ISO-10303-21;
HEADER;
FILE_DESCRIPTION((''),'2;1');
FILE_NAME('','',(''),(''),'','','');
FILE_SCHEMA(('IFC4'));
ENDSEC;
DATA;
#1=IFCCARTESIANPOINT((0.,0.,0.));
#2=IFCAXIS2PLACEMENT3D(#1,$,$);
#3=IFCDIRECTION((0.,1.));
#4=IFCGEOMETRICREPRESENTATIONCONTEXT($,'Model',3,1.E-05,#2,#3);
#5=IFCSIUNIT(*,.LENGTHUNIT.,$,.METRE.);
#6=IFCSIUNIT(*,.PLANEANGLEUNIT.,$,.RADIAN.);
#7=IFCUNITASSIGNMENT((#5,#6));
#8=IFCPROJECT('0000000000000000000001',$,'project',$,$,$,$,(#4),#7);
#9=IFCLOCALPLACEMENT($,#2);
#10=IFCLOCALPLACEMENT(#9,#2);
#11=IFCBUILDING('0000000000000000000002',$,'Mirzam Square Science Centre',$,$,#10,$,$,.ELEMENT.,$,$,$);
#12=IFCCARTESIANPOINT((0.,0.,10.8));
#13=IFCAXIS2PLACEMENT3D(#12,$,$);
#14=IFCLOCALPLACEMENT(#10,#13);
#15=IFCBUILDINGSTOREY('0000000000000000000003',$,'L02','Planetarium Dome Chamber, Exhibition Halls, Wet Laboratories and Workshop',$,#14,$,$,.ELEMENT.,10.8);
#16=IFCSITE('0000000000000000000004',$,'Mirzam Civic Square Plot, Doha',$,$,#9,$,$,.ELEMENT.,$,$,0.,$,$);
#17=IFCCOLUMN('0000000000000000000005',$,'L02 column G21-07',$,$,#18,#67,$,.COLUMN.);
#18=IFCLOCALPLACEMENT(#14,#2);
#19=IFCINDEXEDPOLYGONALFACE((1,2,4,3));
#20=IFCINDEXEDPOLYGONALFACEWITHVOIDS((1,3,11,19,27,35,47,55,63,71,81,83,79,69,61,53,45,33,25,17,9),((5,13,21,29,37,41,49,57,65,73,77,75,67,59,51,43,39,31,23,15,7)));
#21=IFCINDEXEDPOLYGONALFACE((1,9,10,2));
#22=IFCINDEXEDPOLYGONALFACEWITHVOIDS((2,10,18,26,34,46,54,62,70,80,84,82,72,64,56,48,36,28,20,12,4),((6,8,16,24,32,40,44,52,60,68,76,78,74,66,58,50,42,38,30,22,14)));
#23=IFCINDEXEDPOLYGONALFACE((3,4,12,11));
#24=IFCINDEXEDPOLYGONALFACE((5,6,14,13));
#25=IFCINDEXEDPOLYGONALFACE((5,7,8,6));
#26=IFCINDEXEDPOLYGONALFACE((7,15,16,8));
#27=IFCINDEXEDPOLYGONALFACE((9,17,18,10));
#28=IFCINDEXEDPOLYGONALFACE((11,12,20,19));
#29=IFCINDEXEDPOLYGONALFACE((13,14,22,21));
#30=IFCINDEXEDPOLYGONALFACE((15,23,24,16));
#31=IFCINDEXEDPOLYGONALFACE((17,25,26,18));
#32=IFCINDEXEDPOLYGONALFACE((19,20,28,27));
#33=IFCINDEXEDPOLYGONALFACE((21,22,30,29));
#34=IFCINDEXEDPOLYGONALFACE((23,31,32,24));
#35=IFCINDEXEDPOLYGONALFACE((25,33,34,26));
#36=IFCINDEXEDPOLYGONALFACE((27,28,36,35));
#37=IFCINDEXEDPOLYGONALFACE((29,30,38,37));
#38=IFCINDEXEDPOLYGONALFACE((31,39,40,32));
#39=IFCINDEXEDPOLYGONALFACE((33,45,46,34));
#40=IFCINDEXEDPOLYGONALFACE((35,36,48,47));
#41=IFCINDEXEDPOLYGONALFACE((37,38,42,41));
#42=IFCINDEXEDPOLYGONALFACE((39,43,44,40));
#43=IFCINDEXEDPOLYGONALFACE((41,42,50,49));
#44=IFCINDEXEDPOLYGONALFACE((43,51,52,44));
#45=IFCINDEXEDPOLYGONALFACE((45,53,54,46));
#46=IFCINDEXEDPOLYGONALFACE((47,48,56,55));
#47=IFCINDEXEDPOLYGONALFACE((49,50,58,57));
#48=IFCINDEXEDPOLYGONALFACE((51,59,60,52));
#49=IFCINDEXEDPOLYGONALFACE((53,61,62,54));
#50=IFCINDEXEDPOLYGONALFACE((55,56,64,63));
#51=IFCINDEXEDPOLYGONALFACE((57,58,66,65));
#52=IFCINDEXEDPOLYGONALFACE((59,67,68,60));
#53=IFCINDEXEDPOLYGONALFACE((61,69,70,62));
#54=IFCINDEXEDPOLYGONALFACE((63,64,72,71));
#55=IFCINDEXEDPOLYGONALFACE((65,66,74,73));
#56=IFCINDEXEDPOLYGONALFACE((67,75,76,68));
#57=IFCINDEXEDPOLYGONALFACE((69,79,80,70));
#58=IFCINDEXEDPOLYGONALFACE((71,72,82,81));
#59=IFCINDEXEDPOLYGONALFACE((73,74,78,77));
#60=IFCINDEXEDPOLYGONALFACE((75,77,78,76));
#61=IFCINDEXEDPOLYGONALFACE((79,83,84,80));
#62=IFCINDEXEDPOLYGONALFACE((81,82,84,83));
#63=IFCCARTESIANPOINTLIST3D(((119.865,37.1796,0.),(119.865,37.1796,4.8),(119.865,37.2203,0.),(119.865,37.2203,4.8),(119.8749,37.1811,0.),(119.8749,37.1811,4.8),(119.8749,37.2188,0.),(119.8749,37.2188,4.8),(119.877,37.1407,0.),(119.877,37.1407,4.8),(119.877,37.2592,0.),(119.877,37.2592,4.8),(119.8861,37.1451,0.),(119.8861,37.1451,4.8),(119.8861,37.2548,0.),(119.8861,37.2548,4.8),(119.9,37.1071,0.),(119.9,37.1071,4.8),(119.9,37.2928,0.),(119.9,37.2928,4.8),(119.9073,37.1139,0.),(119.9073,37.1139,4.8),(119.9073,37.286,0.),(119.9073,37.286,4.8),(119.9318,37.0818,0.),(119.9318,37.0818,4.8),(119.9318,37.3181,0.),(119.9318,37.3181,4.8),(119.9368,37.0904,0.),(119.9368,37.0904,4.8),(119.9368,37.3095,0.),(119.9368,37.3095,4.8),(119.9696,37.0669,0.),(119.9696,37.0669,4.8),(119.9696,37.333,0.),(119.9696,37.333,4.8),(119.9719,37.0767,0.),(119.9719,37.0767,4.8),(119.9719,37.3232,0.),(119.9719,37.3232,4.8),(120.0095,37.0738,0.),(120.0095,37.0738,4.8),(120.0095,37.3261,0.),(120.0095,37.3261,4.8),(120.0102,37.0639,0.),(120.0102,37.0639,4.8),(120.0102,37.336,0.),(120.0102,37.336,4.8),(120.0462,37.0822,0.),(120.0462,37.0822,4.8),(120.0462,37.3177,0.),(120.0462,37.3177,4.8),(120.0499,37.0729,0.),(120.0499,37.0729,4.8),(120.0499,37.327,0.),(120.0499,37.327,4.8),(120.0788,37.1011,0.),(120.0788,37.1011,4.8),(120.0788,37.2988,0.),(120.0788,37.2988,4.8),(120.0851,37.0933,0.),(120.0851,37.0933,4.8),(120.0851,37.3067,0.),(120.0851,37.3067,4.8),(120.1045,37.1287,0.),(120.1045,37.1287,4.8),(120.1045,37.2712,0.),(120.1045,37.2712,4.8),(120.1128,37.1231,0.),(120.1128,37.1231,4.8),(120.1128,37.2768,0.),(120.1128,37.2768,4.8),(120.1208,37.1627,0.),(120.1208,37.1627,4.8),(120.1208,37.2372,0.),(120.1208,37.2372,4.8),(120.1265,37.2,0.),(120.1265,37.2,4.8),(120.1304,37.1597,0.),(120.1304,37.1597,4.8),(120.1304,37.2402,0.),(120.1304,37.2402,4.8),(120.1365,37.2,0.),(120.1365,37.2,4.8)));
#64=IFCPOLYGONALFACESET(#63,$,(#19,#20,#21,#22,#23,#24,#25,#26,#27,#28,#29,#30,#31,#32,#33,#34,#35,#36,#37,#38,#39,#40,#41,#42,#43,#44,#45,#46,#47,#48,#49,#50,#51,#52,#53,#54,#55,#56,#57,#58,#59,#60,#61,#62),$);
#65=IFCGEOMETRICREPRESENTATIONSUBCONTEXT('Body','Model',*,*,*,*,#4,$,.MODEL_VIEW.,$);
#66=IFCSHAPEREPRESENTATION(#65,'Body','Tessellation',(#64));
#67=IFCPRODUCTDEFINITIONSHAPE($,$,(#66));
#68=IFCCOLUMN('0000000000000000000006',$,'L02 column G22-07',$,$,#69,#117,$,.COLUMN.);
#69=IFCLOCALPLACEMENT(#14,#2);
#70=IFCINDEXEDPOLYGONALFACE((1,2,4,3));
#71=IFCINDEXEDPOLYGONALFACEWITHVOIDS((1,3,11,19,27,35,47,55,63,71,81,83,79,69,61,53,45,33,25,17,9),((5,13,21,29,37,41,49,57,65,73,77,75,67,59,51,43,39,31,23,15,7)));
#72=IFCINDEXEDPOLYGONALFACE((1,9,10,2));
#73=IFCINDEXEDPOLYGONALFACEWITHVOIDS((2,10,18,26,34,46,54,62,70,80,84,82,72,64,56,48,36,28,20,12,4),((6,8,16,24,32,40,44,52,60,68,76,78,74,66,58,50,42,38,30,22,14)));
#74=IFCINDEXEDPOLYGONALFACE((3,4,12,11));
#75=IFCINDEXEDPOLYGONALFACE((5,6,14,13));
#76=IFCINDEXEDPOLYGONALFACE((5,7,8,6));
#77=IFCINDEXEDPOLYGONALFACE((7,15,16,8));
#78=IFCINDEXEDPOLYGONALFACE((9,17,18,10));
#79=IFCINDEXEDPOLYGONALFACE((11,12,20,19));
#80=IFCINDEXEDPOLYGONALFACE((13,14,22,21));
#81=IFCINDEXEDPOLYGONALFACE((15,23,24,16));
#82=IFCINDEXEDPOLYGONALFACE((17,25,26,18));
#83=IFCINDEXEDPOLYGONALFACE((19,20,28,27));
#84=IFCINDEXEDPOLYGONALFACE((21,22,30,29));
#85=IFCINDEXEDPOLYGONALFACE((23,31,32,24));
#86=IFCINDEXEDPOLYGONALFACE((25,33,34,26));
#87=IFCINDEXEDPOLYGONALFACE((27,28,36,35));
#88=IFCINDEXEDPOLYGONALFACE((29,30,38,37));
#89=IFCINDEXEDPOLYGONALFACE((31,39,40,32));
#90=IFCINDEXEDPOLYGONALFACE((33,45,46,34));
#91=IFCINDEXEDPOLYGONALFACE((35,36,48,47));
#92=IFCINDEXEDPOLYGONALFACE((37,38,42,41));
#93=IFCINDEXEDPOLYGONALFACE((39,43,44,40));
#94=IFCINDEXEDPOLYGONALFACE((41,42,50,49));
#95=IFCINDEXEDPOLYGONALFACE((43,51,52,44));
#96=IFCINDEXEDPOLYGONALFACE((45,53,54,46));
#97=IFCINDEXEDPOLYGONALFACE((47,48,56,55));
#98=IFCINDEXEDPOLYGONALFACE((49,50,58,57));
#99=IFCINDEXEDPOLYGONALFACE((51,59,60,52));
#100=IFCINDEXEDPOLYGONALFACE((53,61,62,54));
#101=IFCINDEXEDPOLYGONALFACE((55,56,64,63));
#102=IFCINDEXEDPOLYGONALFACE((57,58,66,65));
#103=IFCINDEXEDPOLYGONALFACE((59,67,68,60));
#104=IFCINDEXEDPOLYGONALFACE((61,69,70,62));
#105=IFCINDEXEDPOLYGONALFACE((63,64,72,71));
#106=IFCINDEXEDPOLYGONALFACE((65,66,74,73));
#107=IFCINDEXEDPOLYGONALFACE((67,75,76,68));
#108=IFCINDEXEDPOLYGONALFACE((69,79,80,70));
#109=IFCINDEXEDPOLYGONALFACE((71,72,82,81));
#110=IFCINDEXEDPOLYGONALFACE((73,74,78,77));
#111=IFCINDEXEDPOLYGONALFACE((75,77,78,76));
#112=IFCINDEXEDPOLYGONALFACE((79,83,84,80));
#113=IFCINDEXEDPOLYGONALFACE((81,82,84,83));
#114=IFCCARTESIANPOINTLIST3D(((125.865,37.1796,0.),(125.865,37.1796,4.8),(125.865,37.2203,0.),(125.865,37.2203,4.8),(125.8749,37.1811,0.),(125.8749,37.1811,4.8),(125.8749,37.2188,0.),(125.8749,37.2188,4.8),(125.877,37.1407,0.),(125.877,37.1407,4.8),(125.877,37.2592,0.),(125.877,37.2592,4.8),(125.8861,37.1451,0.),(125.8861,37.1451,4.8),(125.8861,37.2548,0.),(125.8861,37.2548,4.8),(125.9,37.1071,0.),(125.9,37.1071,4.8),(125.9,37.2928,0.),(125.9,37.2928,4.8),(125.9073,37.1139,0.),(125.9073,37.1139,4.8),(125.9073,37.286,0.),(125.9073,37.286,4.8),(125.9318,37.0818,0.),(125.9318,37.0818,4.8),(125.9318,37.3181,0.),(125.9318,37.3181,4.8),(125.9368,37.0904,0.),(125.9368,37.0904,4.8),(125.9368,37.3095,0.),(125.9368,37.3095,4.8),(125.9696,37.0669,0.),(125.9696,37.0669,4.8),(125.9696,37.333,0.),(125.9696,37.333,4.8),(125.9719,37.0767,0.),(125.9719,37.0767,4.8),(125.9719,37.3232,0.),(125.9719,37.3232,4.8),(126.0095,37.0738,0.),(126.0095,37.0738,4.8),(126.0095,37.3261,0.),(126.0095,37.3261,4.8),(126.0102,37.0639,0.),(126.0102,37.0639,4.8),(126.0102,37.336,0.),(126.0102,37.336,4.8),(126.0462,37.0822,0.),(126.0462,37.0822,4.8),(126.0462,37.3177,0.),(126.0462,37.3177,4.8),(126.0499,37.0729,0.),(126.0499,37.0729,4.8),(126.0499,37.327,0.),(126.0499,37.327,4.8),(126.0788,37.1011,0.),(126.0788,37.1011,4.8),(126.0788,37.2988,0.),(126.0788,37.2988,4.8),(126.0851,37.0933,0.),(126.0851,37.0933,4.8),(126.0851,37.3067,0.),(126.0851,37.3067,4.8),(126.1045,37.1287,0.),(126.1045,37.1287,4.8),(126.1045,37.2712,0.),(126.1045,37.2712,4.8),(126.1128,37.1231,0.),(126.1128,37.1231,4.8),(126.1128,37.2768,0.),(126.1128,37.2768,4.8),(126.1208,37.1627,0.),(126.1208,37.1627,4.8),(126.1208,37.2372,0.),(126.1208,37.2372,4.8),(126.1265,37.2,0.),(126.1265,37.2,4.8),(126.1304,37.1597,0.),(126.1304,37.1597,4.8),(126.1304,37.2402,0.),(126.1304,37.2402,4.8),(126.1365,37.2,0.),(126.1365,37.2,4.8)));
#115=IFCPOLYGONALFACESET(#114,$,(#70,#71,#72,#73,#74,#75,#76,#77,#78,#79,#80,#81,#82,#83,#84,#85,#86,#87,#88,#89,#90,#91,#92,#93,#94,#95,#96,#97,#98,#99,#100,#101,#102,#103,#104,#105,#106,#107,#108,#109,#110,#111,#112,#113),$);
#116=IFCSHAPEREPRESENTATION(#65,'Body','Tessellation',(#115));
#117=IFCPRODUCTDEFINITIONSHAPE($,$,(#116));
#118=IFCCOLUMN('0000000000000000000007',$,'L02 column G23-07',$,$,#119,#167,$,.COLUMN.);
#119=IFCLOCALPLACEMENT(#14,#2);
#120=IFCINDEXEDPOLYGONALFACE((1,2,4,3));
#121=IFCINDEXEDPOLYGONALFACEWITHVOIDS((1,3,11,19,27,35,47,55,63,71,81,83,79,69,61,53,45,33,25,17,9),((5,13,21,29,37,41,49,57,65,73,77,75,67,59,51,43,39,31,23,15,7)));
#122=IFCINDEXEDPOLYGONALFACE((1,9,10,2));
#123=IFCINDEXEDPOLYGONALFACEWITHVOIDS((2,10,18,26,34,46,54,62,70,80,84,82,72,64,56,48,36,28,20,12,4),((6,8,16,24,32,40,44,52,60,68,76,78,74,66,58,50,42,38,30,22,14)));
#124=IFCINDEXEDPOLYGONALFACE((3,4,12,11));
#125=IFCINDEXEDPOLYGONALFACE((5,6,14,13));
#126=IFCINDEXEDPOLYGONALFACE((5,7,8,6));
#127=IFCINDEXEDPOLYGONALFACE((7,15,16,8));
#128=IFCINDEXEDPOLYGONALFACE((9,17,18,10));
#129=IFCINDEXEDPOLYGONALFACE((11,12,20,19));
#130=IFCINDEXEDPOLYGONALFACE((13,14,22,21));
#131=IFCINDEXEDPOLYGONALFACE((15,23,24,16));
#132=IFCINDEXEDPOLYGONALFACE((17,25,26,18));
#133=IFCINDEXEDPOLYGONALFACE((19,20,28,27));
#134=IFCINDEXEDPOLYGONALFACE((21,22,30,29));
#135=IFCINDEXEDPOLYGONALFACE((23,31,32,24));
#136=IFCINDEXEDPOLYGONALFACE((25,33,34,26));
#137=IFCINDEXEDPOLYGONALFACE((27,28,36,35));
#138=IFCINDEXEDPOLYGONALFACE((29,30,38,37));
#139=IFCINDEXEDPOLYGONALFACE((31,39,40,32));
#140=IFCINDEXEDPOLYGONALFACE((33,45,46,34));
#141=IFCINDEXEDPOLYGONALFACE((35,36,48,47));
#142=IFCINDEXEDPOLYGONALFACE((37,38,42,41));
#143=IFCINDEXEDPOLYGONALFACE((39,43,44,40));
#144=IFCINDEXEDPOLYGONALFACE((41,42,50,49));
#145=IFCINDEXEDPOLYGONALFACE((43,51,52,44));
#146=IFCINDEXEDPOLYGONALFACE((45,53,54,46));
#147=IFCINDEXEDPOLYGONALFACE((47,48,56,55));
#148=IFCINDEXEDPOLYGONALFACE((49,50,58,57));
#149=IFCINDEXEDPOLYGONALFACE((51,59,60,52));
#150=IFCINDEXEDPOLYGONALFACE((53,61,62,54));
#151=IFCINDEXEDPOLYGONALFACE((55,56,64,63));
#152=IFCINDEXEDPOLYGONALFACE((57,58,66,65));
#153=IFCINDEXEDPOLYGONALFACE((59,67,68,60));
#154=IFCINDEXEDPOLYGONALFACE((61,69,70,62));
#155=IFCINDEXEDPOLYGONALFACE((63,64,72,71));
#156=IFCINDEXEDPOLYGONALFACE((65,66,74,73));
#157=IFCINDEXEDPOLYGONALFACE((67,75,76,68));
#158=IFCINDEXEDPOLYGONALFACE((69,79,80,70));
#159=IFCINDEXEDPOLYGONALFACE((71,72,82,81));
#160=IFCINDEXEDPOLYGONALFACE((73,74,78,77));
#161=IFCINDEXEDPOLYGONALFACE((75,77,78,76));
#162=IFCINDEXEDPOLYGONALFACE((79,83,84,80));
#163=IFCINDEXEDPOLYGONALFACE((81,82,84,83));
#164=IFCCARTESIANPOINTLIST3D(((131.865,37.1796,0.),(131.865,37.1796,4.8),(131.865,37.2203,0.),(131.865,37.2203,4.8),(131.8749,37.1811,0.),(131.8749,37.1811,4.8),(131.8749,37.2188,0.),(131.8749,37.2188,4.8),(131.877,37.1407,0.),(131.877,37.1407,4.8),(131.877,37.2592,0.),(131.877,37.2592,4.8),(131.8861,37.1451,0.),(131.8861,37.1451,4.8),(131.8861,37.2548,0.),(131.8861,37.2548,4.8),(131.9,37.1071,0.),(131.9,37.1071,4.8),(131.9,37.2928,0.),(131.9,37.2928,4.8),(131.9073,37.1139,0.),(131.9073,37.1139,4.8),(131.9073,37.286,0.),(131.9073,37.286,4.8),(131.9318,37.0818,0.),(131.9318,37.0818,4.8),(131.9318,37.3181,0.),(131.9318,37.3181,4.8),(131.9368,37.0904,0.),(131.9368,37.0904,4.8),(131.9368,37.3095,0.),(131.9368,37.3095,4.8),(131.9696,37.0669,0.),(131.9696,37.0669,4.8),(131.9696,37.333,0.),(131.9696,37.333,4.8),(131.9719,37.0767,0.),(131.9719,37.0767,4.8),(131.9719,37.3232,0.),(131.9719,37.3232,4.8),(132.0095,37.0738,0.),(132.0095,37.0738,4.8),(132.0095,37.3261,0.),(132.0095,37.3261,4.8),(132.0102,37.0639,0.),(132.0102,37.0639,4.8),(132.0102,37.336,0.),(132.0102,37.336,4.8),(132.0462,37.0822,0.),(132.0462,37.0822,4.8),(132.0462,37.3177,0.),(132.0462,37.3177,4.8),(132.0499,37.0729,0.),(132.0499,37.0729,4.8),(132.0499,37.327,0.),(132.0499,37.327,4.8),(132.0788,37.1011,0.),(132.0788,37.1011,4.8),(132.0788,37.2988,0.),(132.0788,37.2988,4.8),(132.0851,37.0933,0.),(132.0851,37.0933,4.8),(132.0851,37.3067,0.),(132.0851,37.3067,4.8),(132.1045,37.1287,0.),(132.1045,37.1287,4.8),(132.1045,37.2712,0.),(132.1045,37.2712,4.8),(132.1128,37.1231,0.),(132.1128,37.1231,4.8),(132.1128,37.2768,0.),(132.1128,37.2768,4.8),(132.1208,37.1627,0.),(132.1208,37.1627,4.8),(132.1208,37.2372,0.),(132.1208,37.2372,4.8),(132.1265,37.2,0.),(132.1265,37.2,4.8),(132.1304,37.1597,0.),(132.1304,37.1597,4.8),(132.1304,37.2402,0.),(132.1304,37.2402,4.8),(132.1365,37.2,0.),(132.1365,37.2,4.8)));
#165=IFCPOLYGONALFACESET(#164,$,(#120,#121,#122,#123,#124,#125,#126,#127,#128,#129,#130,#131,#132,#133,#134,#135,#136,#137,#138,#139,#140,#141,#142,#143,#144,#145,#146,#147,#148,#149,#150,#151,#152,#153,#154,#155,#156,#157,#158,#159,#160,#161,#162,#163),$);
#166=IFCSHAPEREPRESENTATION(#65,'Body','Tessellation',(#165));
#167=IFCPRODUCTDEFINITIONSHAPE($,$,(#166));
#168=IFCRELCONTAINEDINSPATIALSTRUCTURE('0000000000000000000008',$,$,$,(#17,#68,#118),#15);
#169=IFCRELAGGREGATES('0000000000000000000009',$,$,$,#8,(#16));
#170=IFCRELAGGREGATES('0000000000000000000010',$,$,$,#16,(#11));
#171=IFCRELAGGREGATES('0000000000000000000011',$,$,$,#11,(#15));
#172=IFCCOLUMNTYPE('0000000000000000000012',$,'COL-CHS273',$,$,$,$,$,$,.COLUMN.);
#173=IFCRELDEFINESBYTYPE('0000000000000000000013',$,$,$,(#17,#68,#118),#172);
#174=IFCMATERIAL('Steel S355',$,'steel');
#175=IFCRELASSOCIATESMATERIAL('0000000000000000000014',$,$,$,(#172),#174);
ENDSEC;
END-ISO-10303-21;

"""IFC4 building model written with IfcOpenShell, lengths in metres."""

from ifc_helpers import new_model, si_unit, direction, frame, origin, origin_2d, place, context, subcontext, project, spatial, hollow_circle, extrude, material, material_profile, profile_set, type_object, element, save


model = new_model("IFC4")

# Units and contexts
model_context = context("Model", 3, precision=1e-05, world=origin(), true_north=direction((0.0, 1.0)))
body_context = subcontext(model_context, "Body", "Model", "MODEL_VIEW")
ifc_project = project(units=[si_unit("LENGTHUNIT", "METRE"), si_unit("PLANEANGLEUNIT", "RADIAN")], contexts=[model_context])

# Site, building, storey
site_placement = place(None, origin())
site = spatial("IfcSite", under=ifc_project, at=site_placement, Name="Mirzam Civic Square Plot, Doha", CompositionType="ELEMENT", RefElevation=0.0)
building_placement = place(site_placement, origin())
building = spatial("IfcBuilding", under=site, at=building_placement, Name="Mirzam Square Science Centre", CompositionType="ELEMENT")
storey_placement = place(building_placement, frame((0.0, 0.0, 10.8)))
storey = spatial("IfcBuildingStorey", under=building, at=storey_placement, Name="L02", Description="Planetarium Dome Chamber, Exhibition Halls, Wet Laboratories and Workshop", CompositionType="ELEMENT", Elevation=10.8)

# Columns
ifc_material_1 = material(Name="Steel S355", Category="steel")
ifc_material_profile_1 = material_profile(ifc_material_1, hollow_circle(Radius=0.1365, WallThickness=0.01, at=origin_2d()), Name="273.0x10.0CHS")
ifc_profile_set_1 = profile_set([ifc_material_profile_1], Name="Steel S355")
column_type_1 = type_object("IfcColumnType", Name="COL-CHS273", PredefinedType="COLUMN", material=ifc_profile_set_1)
for number, where, z_axis, x_axis, name in (
    (1, (120.0, 37.2, 0.0), (0.0, 0.0, 1.0), (1.0, 0.0, 0.0), "L02 column G21-07"),
    (2, (126.0, 37.2, 0.0), (0.0, 0.0, 1.0), (1.0, 0.0, 0.0), "L02 column G22-07"),
    (3, (132.0, 37.2, 0.0), (0.0, 0.0, 1.0), (1.0, 0.0, 0.0), "L02 column G23-07"),
):
    element("IfcColumn", number, at=place(storey_placement, frame(where, z_axis=z_axis, x_axis=x_axis)), inside=storey, type_object=column_type_1, Name=name, PredefinedType="COLUMN", context=body_context, shape_type="SweptSolid", body=[
        extrude(hollow_circle(Radius=0.1365, WallThickness=0.01, at=origin_2d()), origin(), (0.0, 0.0, 1.0), 4.8),
    ])

save(model, "model.ifc")
